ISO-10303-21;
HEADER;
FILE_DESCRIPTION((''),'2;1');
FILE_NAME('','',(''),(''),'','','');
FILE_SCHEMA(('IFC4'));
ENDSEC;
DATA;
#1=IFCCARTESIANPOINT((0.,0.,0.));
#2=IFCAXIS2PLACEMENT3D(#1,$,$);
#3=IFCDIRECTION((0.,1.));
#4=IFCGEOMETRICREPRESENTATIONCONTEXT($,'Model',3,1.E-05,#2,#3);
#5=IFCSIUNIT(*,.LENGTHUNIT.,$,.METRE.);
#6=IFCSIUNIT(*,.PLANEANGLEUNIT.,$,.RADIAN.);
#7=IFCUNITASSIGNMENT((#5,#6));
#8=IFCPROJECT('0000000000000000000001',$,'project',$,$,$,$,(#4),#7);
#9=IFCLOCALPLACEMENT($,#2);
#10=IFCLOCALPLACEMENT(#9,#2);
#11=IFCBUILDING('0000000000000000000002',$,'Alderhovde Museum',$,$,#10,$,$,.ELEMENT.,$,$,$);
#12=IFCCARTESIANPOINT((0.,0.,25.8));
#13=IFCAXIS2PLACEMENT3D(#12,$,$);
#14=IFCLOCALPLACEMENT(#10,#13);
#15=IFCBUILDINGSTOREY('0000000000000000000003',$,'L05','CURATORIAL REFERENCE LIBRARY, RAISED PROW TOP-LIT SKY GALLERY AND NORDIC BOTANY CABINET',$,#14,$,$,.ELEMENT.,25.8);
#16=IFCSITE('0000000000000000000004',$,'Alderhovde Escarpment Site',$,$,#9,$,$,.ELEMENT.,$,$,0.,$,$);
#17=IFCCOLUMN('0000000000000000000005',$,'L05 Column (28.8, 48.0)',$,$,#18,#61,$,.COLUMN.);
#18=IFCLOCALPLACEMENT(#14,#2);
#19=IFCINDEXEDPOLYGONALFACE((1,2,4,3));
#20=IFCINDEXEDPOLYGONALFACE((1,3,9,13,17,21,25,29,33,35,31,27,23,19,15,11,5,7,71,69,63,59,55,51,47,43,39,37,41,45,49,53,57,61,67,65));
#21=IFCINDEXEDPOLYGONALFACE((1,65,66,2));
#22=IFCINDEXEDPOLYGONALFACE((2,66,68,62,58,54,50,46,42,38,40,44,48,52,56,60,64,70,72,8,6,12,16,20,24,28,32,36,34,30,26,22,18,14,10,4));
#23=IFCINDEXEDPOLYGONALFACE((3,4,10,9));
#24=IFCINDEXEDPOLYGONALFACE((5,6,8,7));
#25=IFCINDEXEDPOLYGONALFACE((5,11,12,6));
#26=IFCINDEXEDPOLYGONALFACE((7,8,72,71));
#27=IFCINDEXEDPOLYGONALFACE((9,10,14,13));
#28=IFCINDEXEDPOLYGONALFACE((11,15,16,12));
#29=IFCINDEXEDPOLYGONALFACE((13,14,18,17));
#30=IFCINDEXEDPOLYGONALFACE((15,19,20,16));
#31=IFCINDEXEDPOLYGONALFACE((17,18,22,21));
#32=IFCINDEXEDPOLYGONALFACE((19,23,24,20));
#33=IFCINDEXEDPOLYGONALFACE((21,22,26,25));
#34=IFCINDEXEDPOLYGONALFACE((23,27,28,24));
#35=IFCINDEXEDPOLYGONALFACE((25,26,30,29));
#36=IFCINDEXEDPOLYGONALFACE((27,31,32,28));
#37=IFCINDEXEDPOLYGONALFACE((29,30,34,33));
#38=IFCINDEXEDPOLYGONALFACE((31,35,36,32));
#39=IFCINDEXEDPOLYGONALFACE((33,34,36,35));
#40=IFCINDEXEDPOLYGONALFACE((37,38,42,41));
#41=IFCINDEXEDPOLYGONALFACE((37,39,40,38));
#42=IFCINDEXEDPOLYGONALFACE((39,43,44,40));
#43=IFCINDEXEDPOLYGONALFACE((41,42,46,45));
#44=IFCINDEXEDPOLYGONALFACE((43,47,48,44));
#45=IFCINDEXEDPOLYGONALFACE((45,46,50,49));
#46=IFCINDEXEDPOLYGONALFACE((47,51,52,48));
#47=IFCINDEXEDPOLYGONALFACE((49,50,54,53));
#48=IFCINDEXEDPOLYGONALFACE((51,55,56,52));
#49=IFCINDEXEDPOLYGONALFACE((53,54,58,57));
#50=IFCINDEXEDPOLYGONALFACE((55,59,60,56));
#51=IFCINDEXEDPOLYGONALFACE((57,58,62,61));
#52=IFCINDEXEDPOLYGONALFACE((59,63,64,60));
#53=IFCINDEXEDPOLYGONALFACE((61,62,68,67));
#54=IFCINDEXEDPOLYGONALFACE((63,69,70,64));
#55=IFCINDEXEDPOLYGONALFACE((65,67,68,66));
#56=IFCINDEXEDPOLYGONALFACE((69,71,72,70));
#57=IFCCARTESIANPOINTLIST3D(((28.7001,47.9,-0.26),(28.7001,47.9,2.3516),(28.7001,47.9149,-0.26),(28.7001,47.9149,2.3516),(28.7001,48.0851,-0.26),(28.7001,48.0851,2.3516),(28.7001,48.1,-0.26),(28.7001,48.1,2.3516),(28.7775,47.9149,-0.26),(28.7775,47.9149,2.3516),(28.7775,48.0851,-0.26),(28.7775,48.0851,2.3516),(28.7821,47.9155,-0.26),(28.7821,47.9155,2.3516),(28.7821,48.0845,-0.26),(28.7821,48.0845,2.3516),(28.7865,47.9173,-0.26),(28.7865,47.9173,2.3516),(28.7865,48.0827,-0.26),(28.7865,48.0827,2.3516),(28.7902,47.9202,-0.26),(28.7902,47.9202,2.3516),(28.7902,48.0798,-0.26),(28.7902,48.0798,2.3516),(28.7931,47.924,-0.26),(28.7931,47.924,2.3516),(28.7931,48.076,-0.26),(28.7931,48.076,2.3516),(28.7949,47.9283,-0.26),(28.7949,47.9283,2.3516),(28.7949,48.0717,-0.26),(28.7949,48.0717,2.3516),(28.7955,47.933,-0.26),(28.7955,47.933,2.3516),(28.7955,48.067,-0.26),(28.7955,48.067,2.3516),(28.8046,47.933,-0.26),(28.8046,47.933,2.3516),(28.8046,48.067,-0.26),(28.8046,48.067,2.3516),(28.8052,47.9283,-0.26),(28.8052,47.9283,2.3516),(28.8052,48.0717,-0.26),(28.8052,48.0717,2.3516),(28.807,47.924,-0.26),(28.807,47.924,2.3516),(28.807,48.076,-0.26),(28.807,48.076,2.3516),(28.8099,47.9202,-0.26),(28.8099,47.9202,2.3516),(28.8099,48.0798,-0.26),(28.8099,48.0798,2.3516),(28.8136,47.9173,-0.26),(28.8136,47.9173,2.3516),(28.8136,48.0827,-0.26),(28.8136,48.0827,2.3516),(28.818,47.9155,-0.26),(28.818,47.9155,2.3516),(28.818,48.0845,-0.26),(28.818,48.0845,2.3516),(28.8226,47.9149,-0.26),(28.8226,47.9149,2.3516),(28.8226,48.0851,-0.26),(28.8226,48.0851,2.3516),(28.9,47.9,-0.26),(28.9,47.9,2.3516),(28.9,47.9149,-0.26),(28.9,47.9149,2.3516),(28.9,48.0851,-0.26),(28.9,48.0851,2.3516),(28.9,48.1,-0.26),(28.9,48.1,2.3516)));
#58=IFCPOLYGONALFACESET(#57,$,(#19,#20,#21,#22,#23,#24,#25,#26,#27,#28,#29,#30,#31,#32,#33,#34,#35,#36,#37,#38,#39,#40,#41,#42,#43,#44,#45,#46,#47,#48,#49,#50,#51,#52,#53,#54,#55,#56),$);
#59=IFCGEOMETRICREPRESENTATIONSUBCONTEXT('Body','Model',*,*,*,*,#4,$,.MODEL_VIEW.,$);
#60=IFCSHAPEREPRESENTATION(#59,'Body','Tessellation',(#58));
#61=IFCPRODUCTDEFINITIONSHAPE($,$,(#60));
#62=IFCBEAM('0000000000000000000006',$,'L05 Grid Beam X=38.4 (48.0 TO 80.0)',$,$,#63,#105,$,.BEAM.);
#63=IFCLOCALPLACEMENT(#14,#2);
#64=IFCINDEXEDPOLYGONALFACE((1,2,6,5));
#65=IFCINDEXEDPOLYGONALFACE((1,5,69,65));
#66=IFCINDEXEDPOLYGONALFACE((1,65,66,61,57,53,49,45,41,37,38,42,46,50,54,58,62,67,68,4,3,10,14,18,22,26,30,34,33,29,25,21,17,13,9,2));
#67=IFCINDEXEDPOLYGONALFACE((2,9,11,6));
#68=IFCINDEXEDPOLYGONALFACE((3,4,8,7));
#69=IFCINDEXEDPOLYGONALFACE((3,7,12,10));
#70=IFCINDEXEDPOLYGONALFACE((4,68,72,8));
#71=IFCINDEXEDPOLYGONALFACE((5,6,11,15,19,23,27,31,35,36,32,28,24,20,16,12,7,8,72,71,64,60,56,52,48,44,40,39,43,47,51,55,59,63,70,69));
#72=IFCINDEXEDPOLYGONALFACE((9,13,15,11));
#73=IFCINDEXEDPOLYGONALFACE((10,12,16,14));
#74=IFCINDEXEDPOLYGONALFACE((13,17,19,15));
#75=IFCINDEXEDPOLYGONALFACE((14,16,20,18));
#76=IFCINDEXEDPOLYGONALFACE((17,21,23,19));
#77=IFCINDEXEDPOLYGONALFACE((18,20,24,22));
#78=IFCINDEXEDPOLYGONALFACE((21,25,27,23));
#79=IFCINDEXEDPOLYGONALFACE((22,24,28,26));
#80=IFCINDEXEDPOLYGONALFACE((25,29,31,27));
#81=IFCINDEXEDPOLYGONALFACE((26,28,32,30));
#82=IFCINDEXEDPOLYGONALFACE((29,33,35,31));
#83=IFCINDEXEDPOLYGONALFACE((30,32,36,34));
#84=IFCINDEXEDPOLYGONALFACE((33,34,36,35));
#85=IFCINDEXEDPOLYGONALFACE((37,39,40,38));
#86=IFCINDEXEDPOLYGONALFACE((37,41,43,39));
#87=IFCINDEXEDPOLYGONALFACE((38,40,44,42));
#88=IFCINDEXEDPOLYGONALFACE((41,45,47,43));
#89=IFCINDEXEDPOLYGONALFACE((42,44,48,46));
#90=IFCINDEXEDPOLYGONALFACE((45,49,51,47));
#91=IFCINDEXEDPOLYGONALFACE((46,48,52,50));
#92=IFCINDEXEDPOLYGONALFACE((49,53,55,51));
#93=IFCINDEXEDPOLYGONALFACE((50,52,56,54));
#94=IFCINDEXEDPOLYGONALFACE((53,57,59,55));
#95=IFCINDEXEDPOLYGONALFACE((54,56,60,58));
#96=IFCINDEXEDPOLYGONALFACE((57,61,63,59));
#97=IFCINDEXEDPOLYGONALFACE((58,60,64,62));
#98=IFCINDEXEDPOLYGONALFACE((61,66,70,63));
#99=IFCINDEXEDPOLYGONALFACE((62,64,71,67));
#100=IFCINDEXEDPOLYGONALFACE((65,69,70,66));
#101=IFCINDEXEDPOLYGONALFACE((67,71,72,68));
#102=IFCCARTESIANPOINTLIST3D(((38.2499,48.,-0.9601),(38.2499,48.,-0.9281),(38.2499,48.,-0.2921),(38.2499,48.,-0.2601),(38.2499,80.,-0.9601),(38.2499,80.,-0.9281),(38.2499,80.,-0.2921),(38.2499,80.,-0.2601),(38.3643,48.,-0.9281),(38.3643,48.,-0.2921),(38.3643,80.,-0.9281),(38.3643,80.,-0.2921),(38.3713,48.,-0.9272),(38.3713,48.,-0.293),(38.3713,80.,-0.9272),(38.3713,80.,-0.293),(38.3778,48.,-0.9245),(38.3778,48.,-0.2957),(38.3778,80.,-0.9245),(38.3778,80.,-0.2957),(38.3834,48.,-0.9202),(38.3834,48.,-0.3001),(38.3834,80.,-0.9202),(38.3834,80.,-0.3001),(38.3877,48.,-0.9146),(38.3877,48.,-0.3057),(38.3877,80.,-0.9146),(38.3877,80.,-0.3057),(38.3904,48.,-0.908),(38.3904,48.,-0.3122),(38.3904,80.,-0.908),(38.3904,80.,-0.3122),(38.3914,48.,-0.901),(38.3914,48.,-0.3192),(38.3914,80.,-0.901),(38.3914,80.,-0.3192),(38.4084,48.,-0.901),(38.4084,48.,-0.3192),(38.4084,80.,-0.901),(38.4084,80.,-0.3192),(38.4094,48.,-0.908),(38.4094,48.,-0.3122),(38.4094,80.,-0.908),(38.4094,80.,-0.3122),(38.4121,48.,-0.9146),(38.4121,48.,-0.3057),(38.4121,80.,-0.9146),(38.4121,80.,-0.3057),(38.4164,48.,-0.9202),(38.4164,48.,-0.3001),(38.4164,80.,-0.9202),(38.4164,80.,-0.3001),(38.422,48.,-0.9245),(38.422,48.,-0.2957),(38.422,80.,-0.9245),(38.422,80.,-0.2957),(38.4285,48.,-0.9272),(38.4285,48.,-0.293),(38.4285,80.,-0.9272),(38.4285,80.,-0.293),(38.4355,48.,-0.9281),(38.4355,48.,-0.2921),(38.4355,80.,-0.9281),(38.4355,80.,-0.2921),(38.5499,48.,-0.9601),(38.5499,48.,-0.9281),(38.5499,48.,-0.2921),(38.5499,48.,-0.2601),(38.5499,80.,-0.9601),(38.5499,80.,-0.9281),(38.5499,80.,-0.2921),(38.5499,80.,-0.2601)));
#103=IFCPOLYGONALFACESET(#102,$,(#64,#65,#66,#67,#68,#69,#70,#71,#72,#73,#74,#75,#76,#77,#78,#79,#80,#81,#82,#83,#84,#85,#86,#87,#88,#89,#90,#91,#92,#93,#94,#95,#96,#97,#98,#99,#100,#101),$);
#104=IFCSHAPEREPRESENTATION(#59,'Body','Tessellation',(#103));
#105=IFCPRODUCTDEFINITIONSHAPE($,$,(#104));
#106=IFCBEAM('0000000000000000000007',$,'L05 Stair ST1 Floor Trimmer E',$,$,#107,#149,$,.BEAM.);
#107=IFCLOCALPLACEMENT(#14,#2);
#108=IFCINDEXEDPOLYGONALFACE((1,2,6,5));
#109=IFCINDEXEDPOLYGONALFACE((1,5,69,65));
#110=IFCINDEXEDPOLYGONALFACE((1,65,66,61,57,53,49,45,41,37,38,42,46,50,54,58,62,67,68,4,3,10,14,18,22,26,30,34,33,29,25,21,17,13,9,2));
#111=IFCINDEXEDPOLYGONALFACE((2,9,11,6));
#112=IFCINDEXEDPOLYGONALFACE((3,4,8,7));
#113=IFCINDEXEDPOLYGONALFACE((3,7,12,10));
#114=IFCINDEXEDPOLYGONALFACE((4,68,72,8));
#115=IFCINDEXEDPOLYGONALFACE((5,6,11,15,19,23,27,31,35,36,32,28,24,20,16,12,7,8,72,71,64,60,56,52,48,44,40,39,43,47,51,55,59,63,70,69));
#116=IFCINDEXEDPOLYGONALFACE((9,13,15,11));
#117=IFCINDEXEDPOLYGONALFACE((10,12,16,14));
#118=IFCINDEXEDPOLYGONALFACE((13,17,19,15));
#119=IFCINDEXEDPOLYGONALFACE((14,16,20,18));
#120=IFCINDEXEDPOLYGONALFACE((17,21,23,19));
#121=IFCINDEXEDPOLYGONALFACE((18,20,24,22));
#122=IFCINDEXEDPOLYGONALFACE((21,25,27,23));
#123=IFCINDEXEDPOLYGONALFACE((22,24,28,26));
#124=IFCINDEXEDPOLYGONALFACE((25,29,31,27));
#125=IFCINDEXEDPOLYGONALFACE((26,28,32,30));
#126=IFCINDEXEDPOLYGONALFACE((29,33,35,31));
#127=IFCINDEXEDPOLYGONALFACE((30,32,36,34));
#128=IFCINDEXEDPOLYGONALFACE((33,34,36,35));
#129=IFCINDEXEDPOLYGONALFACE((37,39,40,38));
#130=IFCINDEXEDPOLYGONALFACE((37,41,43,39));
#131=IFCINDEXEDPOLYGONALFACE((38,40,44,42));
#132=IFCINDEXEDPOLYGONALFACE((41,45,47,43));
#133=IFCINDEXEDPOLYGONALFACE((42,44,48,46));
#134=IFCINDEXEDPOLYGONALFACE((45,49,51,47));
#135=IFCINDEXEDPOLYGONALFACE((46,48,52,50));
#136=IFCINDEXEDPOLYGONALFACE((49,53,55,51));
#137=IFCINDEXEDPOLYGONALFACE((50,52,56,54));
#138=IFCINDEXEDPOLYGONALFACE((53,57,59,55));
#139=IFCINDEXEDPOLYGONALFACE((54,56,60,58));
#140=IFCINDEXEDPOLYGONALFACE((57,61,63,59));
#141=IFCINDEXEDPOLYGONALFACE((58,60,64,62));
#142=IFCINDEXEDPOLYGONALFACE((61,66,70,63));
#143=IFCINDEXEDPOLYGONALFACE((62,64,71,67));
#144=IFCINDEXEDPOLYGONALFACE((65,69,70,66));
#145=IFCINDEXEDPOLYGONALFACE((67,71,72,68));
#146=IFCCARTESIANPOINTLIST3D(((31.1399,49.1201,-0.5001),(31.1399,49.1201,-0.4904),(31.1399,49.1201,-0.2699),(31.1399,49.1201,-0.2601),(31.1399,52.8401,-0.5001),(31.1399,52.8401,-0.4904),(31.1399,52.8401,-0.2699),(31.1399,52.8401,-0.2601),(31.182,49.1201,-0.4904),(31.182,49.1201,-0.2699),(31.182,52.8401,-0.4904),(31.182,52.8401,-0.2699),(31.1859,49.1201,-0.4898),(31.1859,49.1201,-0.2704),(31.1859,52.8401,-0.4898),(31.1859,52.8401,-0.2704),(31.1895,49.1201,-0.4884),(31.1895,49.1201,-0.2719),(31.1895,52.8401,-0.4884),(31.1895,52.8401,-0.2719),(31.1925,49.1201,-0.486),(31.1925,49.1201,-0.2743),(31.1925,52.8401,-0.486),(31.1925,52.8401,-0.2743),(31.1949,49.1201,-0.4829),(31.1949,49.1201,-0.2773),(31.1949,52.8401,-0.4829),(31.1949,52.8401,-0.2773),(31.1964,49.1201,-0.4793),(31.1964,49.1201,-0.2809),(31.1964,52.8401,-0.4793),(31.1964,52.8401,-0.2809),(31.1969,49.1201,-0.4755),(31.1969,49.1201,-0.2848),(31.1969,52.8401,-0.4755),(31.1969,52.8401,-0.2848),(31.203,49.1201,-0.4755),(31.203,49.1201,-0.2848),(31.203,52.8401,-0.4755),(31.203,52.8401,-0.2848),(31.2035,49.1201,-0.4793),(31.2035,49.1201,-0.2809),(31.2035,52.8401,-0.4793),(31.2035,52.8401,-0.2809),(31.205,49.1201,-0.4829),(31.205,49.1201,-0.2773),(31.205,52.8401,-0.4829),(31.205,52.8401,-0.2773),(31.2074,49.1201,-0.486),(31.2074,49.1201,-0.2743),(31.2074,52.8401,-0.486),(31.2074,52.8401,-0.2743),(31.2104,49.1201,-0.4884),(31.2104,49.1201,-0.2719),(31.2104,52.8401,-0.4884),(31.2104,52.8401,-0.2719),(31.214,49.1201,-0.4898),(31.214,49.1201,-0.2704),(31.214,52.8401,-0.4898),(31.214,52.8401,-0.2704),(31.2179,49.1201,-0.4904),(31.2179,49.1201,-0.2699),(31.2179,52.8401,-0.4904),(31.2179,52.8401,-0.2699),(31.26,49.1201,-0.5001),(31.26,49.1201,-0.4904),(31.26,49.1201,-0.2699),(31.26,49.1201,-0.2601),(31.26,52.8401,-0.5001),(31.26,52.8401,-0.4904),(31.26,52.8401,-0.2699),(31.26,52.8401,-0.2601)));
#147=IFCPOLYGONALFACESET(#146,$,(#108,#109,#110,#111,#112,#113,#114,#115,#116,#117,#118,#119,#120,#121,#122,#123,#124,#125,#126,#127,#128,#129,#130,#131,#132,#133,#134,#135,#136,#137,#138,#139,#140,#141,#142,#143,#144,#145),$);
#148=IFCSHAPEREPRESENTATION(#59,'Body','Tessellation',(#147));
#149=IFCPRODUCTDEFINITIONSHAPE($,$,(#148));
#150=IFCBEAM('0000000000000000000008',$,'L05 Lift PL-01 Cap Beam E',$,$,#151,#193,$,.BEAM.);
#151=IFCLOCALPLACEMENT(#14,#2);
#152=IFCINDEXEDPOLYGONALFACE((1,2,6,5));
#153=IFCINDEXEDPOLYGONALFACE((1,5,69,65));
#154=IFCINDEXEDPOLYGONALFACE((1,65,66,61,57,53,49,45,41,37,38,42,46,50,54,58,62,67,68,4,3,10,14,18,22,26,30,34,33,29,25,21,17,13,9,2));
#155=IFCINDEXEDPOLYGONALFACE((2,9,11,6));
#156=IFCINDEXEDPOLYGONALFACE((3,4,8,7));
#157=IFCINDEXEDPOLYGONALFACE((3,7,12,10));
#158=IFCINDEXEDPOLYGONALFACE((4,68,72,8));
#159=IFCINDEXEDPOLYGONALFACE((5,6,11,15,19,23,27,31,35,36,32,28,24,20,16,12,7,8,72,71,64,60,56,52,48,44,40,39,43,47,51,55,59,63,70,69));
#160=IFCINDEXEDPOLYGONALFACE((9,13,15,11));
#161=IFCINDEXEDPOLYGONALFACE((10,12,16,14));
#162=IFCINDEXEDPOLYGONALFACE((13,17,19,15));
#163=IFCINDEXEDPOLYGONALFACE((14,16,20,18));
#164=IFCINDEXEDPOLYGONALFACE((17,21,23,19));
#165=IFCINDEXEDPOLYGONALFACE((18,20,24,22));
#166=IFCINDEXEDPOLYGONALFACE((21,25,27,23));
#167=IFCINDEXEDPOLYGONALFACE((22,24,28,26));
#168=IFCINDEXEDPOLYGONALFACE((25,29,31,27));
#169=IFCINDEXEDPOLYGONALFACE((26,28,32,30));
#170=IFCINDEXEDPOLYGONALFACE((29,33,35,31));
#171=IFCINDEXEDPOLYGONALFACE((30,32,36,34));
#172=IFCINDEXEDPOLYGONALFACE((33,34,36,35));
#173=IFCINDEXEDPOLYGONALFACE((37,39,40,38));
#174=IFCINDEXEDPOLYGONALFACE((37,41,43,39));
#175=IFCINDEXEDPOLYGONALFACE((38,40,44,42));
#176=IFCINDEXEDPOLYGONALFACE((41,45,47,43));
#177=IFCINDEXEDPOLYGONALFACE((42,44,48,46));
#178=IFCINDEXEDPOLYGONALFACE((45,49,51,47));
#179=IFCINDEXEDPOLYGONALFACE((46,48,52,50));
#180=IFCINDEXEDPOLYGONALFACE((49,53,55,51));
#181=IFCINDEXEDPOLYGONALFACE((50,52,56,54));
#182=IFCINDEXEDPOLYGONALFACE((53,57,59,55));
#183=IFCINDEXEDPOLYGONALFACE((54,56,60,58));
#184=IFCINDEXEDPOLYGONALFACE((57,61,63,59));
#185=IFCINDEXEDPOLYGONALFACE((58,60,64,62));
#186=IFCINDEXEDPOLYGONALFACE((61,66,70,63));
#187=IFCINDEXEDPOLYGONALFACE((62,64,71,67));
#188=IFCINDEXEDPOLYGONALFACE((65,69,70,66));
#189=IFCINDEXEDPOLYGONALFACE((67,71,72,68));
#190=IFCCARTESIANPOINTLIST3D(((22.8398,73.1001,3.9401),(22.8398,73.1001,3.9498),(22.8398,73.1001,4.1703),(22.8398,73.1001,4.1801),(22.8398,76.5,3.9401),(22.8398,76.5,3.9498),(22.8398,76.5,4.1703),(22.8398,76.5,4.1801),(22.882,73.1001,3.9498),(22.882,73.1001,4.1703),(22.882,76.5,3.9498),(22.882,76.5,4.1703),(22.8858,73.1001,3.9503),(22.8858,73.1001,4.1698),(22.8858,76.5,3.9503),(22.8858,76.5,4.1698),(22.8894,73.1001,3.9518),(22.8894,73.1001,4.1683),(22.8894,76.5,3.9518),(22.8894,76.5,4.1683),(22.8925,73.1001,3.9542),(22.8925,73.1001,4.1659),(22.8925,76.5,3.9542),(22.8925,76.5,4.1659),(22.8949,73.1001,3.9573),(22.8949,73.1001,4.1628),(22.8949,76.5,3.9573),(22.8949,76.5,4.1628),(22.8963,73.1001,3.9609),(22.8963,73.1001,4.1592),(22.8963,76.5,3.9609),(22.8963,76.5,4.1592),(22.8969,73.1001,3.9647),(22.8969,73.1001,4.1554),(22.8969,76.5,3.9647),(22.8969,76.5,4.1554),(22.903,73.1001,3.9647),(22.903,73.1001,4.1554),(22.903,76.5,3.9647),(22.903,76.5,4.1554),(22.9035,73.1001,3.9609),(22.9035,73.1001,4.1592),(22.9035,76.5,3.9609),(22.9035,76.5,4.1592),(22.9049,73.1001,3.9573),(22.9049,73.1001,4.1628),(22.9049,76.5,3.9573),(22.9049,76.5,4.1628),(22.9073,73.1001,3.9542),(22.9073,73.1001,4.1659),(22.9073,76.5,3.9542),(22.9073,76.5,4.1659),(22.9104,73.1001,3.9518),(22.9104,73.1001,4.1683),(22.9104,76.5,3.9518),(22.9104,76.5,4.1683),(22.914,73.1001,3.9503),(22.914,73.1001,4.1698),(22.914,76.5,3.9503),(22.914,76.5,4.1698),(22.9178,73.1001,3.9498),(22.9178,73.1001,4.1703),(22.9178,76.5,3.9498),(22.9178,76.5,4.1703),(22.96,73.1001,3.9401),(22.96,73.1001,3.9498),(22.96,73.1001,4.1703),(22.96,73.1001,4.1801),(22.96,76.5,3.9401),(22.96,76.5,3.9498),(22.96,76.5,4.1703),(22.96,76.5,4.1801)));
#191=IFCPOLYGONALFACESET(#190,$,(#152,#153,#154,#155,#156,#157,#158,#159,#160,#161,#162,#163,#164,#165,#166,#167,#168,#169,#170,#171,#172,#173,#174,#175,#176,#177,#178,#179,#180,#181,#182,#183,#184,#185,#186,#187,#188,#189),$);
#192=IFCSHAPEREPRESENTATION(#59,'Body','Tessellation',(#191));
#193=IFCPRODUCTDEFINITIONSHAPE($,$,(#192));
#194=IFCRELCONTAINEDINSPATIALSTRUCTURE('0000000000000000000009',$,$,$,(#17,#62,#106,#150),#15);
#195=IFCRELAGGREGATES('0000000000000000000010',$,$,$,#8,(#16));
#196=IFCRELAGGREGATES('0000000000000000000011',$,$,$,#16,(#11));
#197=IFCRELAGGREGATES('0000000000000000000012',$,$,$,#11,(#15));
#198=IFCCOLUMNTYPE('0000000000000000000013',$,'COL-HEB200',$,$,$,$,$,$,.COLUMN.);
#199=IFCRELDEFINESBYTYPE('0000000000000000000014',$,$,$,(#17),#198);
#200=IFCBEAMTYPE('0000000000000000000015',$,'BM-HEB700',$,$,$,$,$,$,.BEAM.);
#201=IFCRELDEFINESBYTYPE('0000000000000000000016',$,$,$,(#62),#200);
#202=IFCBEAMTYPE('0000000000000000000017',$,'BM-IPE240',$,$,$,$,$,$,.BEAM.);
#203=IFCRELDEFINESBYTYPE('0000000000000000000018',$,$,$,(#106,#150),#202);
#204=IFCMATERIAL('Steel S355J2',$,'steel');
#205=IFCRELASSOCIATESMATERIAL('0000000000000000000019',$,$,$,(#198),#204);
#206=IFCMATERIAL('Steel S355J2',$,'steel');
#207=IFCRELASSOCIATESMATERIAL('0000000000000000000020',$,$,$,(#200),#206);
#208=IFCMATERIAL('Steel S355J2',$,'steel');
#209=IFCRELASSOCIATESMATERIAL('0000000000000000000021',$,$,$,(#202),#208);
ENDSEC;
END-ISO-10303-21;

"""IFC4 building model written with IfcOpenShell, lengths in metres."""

from ifc_helpers import new_model, si_unit, direction, frame, origin, origin_2d, place, context, subcontext, project, spatial, i_section, extrude, material, material_profile, profile_set, type_object, element, save


model = new_model("IFC4")

# Units and contexts
model_context = context("Model", 3, precision=1e-05, world=origin(), true_north=direction((0.0, 1.0)))
body_context = subcontext(model_context, "Body", "Model", "MODEL_VIEW")
ifc_project = project(units=[si_unit("LENGTHUNIT", "METRE"), si_unit("PLANEANGLEUNIT", "RADIAN")], contexts=[model_context])

# Site, building, storey
site_placement = place(None, origin())
site = spatial("IfcSite", under=ifc_project, at=site_placement, Name="Alderhovde Escarpment Site", CompositionType="ELEMENT", RefElevation=0.0)
building_placement = place(site_placement, origin())
building = spatial("IfcBuilding", under=site, at=building_placement, Name="Alderhovde Museum", CompositionType="ELEMENT")
storey_placement = place(building_placement, frame((0.0, 0.0, 25.8)))
storey = spatial("IfcBuildingStorey", under=building, at=storey_placement, Name="L05", Description="CURATORIAL REFERENCE LIBRARY, RAISED PROW TOP-LIT SKY GALLERY AND NORDIC BOTANY CABINET", CompositionType="ELEMENT", Elevation=25.8)

# Column
ifc_material_1 = material(Name="Steel S355J2", Category="steel")
ifc_material_profile_1 = material_profile(ifc_material_1, i_section(OverallWidth=0.2, OverallDepth=0.2, WebThickness=0.009, FlangeThickness=0.0149, FilletRadius=0.0181, at=origin_2d()), Name="HEB 200")
ifc_profile_set_1 = profile_set([ifc_material_profile_1], Name="Steel S355J2")
column_type_1 = type_object("IfcColumnType", Name="COL-HEB200", PredefinedType="COLUMN", material=ifc_profile_set_1)
column_1_placement = place(storey_placement, frame((28.8, 48.0, -0.26), z_axis=(0.0, 0.0, 1.0), x_axis=(1.0, 0.0, 0.0)))
element("IfcColumn", 1, at=column_1_placement, inside=storey, type_object=column_type_1, Name="L05 Column (28.8, 48.0)", PredefinedType="COLUMN", context=body_context, shape_type="SweptSolid", body=[
    extrude(i_section(OverallWidth=0.2, OverallDepth=0.2, WebThickness=0.009, FlangeThickness=0.0149, FilletRadius=0.0181, at=origin_2d()), origin(), (0.0, 0.0, 1.0), 2.6116),
])

# Beams
ifc_material_2 = material(Name="Steel S355J2", Category="steel")
ifc_material_profile_2 = material_profile(ifc_material_2, i_section(OverallWidth=0.3, OverallDepth=0.7, WebThickness=0.0171, FlangeThickness=0.032, FilletRadius=0.0271, at=origin_2d()), Name="HEB 700")
ifc_profile_set_2 = profile_set([ifc_material_profile_2], Name="Steel S355J2")
beam_type_1 = type_object("IfcBeamType", Name="BM-HEB700", PredefinedType="BEAM", material=ifc_profile_set_2)
beam_1_placement = place(storey_placement, frame((38.3999, 48.0, -0.6101), z_axis=(0.0, 1.0, 0.0), x_axis=(-1.0, 0.0, 0.0)))
element("IfcBeam", 2, at=beam_1_placement, inside=storey, type_object=beam_type_1, Name="L05 Grid Beam X=38.4 (48.0 TO 80.0)", PredefinedType="BEAM", context=body_context, shape_type="SweptSolid", body=[
    extrude(i_section(OverallWidth=0.3, OverallDepth=0.7, WebThickness=0.0171, FlangeThickness=0.032, FilletRadius=0.0271, at=origin_2d()), origin(), (0.0, 0.0, 1.0), 32.0),
])
ifc_material_3 = material(Name="Steel S355J2", Category="steel")
ifc_material_profile_3 = material_profile(ifc_material_3, i_section(OverallWidth=0.1201, OverallDepth=0.24, WebThickness=0.0061, FlangeThickness=0.0098, FilletRadius=0.0149, at=origin_2d()), Name="IPE 240")
ifc_profile_set_3 = profile_set([ifc_material_profile_3], Name="Steel S355J2")
beam_type_2 = type_object("IfcBeamType", Name="BM-IPE240", PredefinedType="BEAM", material=ifc_profile_set_3)
beam_2_placement = place(storey_placement, frame((31.2, 49.1201, -0.3801), z_axis=(0.0, 1.0, 0.0), x_axis=(-1.0, 0.0, 0.0)))
element("IfcBeam", 3, at=beam_2_placement, inside=storey, type_object=beam_type_2, Name="L05 Stair ST1 Floor Trimmer E", PredefinedType="BEAM", context=body_context, shape_type="SweptSolid", body=[
    extrude(i_section(OverallWidth=0.1201, OverallDepth=0.24, WebThickness=0.0061, FlangeThickness=0.0098, FilletRadius=0.0149, at=origin_2d()), origin(), (0.0, 0.0, 1.0), 3.72),
])
beam_3_placement = place(storey_placement, frame((22.8999, 73.1001, 4.0601), z_axis=(0.0, 1.0, 0.0), x_axis=(-1.0, 0.0, 0.0)))
element("IfcBeam", 4, at=beam_3_placement, inside=storey, type_object=beam_type_2, Name="L05 Lift PL-01 Cap Beam E", PredefinedType="BEAM", context=body_context, shape_type="SweptSolid", body=[
    extrude(i_section(OverallWidth=0.1201, OverallDepth=0.24, WebThickness=0.0061, FlangeThickness=0.0098, FilletRadius=0.0149, at=origin_2d()), origin(), (0.0, 0.0, 1.0), 3.3999),
])

save(model, "model.ifc")
